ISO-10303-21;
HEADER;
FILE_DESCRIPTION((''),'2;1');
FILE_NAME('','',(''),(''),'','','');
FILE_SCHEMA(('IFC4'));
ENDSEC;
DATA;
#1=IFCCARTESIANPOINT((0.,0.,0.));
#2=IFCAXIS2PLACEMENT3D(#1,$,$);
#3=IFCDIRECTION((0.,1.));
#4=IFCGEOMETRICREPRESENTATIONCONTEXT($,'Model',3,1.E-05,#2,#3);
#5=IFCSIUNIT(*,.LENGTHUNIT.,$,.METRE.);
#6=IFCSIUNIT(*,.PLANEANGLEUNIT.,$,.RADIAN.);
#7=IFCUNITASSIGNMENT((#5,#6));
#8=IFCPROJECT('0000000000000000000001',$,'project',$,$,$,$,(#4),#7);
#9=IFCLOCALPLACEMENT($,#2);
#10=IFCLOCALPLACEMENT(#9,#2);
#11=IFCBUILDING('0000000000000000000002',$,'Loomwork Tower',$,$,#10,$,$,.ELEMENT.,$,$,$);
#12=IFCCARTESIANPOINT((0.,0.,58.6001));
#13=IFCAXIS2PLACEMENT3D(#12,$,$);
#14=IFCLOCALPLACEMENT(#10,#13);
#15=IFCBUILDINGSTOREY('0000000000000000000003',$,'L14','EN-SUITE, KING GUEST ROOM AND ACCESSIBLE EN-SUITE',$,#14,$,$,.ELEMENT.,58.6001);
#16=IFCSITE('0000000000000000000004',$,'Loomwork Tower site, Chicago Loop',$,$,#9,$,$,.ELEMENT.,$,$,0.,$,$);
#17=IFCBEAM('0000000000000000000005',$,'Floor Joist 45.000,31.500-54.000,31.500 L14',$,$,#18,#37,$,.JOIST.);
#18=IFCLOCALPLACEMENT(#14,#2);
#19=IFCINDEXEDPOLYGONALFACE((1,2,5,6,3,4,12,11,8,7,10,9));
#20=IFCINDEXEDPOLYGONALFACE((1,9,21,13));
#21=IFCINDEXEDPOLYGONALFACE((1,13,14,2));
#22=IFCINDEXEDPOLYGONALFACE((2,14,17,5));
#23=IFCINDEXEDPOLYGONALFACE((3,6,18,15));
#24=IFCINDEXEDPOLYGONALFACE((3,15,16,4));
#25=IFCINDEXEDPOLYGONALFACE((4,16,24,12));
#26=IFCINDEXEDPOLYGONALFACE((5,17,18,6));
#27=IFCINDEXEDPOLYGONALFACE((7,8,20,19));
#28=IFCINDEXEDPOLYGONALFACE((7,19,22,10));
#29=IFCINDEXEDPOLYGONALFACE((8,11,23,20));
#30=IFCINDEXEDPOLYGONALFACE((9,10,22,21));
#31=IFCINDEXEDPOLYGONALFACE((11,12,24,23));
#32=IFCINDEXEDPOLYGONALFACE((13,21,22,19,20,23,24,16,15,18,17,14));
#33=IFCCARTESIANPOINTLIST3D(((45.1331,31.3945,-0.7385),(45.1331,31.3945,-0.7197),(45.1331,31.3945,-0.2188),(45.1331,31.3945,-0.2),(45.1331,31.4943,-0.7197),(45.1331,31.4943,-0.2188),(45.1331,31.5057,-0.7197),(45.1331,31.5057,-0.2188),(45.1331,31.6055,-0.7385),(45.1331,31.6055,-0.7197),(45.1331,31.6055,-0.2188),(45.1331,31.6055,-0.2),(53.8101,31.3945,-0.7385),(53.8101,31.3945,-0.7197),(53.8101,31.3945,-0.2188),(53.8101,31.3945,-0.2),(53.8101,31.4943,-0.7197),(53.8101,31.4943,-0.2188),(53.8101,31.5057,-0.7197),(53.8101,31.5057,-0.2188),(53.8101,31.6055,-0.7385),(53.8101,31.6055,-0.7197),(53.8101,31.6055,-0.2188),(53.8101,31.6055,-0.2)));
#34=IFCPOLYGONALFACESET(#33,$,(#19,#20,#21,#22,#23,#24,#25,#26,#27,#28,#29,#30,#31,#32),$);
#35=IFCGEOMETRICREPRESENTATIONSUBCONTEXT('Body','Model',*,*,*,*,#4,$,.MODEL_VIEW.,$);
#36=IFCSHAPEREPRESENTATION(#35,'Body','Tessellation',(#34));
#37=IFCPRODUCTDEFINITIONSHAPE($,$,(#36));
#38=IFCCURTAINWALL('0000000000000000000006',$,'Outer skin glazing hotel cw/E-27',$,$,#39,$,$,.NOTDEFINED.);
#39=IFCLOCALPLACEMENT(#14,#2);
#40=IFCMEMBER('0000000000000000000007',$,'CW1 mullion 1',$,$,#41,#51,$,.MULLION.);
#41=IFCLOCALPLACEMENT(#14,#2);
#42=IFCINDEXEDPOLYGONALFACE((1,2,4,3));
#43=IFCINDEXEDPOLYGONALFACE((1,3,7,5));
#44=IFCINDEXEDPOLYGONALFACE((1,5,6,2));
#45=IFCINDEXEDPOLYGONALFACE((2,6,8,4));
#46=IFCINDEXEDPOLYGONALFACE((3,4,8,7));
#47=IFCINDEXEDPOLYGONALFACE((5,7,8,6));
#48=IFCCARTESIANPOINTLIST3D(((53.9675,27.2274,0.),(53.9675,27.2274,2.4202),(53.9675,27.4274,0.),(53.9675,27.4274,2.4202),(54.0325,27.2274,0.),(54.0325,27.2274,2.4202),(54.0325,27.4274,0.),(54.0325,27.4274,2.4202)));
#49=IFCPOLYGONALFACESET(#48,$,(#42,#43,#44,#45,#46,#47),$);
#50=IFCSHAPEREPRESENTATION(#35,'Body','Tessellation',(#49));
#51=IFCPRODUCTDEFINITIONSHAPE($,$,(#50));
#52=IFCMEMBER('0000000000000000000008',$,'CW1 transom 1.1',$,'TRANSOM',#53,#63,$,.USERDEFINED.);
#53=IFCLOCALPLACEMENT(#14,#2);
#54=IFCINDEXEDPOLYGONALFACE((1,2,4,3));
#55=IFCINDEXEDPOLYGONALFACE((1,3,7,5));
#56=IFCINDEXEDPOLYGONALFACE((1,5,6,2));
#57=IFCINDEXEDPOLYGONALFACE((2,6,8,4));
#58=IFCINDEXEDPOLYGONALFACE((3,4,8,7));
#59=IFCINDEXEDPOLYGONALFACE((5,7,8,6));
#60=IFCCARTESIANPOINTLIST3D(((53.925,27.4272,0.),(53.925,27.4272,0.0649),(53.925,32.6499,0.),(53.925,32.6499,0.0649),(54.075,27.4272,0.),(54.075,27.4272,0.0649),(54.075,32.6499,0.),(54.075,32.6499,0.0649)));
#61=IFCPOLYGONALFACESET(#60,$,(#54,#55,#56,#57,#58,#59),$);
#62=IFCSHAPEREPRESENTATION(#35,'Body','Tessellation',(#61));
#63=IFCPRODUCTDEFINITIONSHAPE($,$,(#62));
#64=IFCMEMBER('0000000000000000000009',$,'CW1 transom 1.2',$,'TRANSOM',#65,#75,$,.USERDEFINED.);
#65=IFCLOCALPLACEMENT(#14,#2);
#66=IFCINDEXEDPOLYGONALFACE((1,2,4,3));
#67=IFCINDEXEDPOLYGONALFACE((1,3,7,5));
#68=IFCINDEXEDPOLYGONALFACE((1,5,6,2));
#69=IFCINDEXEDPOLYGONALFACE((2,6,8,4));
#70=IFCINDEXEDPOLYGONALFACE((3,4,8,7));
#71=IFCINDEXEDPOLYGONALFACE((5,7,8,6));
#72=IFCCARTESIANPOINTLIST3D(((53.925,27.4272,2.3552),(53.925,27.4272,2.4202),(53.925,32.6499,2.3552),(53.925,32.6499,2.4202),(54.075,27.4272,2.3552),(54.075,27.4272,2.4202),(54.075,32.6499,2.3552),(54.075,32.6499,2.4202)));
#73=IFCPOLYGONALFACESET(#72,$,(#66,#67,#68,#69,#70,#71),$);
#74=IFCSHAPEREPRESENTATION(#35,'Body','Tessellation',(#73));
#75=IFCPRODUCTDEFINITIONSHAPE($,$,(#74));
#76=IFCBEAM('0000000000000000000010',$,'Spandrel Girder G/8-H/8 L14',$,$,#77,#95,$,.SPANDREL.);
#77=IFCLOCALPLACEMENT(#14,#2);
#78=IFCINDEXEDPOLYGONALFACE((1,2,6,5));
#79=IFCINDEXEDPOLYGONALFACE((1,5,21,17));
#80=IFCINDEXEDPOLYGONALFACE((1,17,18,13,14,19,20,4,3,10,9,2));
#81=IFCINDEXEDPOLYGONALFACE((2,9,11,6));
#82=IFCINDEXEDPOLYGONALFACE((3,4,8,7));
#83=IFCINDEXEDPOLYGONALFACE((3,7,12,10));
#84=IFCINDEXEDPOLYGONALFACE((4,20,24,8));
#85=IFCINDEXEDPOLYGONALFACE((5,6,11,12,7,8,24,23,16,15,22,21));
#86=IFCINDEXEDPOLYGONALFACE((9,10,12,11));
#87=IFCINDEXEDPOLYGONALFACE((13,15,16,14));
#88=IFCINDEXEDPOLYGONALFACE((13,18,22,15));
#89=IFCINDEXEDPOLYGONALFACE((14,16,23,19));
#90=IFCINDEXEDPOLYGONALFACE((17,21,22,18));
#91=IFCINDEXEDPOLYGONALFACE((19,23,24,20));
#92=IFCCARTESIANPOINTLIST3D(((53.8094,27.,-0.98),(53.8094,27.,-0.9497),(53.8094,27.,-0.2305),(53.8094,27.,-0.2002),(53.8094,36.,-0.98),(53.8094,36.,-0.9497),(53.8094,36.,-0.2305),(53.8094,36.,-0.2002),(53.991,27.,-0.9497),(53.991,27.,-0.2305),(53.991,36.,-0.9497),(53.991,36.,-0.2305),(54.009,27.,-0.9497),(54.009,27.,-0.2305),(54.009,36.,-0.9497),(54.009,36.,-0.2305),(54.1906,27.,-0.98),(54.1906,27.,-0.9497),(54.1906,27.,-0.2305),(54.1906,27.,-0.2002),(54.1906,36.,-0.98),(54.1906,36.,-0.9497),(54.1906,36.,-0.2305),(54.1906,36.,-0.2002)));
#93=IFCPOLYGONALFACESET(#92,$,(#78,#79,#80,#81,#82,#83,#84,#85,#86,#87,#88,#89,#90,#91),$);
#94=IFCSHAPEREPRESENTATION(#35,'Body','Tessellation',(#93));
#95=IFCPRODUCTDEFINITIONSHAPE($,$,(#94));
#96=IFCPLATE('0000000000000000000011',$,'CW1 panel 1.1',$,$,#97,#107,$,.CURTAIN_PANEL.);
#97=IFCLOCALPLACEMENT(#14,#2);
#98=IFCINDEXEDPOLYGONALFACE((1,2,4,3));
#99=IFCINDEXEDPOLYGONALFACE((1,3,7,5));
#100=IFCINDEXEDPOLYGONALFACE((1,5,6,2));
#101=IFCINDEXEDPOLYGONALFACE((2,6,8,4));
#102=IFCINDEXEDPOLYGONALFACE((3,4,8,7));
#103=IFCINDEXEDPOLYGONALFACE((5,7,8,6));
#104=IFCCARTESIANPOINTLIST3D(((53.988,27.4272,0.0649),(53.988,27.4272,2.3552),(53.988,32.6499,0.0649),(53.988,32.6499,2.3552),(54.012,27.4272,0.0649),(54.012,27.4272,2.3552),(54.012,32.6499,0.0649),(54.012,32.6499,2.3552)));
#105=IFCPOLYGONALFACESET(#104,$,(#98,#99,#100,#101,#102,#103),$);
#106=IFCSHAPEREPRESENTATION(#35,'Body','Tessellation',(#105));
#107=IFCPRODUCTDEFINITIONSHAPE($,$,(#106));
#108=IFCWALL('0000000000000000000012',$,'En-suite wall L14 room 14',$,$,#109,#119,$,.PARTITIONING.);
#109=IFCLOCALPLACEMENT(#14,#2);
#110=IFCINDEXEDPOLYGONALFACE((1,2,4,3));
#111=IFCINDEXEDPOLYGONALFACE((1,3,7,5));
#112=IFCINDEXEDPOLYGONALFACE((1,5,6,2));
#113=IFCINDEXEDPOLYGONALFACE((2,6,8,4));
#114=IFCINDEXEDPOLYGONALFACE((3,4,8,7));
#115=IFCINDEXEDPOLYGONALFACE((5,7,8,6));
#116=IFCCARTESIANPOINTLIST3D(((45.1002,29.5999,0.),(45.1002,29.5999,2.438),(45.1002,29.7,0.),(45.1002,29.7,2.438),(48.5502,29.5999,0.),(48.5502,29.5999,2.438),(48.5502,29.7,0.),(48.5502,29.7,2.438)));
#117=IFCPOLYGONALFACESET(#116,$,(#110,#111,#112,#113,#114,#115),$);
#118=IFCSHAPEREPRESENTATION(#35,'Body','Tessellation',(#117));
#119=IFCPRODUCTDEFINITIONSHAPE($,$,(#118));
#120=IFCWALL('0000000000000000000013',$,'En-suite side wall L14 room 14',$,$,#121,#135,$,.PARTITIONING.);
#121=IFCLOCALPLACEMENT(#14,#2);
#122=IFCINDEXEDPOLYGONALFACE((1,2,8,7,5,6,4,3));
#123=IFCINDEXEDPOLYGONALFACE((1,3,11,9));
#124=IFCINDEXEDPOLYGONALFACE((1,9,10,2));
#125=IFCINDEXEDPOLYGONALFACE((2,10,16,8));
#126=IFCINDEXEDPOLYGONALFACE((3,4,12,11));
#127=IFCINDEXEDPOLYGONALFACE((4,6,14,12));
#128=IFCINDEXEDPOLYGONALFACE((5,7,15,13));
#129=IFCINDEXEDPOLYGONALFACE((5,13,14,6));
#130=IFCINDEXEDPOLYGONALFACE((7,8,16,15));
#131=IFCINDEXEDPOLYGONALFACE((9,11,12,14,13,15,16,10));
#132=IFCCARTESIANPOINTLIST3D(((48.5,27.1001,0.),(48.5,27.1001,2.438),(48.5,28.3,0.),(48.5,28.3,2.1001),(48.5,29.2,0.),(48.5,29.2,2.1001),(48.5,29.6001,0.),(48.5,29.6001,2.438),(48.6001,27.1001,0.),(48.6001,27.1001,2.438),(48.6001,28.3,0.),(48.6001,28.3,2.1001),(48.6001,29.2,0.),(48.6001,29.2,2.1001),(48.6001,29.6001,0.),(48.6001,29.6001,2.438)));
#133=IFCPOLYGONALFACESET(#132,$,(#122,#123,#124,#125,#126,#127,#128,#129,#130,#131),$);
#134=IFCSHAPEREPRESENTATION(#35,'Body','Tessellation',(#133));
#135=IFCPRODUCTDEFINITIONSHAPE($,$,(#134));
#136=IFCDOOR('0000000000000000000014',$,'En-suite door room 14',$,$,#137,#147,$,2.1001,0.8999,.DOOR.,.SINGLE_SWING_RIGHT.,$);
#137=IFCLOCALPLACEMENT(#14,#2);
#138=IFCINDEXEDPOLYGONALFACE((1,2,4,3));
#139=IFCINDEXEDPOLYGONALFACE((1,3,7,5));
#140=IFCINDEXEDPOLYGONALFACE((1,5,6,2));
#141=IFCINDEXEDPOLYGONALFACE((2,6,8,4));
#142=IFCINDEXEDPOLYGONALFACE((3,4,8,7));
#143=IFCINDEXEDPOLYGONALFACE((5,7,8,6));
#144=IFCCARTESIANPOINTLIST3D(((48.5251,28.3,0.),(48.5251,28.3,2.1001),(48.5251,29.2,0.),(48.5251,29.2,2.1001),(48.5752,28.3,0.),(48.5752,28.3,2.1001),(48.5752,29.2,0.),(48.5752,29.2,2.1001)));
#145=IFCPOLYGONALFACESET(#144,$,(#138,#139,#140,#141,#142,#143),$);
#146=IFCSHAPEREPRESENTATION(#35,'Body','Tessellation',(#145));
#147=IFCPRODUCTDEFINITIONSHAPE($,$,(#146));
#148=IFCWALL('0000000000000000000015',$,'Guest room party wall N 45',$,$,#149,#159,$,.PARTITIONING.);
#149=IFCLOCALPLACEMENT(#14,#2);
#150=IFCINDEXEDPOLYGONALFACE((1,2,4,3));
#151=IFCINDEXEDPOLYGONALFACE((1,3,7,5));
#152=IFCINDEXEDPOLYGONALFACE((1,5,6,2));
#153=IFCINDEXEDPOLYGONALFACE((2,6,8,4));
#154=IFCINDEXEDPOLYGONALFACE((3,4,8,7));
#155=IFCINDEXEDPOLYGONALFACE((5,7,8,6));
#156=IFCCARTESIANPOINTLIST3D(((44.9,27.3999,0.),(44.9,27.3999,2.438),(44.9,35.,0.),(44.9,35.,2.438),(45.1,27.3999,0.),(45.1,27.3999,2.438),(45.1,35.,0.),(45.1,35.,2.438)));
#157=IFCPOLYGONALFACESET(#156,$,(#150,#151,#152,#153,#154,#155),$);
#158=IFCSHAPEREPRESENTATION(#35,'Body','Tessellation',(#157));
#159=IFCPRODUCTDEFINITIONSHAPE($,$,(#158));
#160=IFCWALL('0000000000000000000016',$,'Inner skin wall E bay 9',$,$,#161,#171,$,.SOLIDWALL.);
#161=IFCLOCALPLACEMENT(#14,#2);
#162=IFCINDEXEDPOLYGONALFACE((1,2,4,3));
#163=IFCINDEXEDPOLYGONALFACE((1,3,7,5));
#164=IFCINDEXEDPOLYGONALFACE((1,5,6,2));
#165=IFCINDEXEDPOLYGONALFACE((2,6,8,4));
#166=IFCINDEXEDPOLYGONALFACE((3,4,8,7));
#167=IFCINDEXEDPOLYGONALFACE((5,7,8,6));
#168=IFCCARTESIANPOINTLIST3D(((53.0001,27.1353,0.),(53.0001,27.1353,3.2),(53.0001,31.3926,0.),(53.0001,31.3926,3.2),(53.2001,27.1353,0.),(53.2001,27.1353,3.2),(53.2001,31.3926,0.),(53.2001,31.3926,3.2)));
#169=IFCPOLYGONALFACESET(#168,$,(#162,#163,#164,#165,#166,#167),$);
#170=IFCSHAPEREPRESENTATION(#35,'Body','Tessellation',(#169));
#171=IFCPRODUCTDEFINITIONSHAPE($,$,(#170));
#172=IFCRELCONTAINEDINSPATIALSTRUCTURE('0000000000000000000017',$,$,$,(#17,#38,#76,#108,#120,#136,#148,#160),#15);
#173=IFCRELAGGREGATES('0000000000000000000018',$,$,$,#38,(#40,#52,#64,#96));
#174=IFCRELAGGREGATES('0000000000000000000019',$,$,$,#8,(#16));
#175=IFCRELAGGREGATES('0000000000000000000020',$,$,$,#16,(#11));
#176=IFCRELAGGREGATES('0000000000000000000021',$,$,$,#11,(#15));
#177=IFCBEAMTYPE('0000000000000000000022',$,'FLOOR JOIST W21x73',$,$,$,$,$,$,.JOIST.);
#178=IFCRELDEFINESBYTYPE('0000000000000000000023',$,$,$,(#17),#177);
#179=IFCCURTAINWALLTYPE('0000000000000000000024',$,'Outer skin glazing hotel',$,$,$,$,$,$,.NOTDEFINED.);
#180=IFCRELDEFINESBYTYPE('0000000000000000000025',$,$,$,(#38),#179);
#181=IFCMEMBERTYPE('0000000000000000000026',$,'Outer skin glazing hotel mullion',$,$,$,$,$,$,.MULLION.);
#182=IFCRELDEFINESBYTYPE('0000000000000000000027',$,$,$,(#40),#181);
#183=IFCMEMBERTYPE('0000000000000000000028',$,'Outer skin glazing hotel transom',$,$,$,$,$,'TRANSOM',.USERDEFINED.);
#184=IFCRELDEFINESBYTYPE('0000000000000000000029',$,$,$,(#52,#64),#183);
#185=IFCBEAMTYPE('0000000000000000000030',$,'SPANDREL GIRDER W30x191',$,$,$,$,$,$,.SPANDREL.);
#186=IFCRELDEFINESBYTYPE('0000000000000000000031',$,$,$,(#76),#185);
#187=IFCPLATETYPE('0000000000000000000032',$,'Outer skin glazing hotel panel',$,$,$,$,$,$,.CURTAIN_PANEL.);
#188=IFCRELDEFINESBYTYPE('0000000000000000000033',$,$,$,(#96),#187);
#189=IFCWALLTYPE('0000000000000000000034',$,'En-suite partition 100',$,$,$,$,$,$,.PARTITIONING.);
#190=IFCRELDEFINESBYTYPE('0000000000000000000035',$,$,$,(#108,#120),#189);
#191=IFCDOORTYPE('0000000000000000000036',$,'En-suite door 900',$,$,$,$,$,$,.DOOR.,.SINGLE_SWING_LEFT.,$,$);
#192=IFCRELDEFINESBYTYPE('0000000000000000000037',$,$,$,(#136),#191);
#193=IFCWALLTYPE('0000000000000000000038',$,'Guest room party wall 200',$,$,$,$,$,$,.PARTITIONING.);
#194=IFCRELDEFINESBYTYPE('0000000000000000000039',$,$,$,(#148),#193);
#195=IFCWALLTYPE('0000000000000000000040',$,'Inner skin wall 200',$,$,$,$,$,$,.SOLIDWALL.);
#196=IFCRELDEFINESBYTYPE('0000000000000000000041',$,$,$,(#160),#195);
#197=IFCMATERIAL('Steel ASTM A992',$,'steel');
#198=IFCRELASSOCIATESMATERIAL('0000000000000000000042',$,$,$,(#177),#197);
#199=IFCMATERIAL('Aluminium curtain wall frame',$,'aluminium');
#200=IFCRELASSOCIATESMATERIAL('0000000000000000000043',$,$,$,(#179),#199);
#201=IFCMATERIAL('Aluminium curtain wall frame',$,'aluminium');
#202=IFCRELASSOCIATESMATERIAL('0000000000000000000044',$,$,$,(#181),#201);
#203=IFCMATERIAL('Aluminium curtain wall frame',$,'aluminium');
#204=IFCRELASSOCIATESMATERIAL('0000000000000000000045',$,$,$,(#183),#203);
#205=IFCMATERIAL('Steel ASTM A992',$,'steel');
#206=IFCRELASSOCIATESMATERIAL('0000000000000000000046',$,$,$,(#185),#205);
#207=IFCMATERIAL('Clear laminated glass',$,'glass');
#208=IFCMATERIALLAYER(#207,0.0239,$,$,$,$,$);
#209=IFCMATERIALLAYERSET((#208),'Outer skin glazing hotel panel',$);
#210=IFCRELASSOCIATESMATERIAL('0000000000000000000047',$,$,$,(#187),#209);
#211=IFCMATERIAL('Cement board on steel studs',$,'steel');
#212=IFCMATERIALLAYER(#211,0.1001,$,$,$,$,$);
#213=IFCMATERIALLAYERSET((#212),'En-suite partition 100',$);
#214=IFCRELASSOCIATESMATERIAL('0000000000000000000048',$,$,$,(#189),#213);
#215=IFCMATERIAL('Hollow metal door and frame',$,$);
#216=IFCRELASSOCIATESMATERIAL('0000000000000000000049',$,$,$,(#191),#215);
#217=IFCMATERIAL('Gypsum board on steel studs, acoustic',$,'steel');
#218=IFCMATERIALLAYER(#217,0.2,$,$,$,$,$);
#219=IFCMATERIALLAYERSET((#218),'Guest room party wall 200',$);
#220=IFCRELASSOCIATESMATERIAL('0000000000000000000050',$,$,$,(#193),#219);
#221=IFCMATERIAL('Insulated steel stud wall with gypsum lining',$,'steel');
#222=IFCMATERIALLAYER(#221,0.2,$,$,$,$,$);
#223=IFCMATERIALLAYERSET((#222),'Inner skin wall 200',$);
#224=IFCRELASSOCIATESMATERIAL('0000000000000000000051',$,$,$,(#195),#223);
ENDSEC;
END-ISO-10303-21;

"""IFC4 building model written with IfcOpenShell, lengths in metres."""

from ifc_helpers import new_model, si_unit, direction, frame, frame_2d, origin, origin_2d, place, context, subcontext, project, spatial, rectangle, i_section, extrude, material, layer, layer_set, material_profile, profile_set, type_object, element, fill, aggregate, save


model = new_model("IFC4")

# Units and contexts
model_context = context("Model", 3, precision=1e-05, world=origin(), true_north=direction((0.0, 1.0)))
body_context = subcontext(model_context, "Body", "Model", "MODEL_VIEW")
ifc_project = project(units=[si_unit("LENGTHUNIT", "METRE"), si_unit("PLANEANGLEUNIT", "RADIAN")], contexts=[model_context])

# Site, building, storey
site_placement = place(None, origin())
site = spatial("IfcSite", under=ifc_project, at=site_placement, Name="Loomwork Tower site, Chicago Loop", CompositionType="ELEMENT", RefElevation=0.0)
building_placement = place(site_placement, origin())
building = spatial("IfcBuilding", under=site, at=building_placement, Name="Loomwork Tower", CompositionType="ELEMENT")
storey_placement = place(building_placement, frame((0.0, 0.0, 58.6001)))
storey = spatial("IfcBuildingStorey", under=building, at=storey_placement, Name="L14", Description="EN-SUITE, KING GUEST ROOM AND ACCESSIBLE EN-SUITE", CompositionType="ELEMENT", Elevation=58.6001)

# Beam
ifc_material_1 = material(Name="Steel ASTM A992", Category="steel")
ifc_material_profile_1 = material_profile(ifc_material_1, i_section(OverallWidth=0.2109, OverallDepth=0.5386, WebThickness=0.0115, FlangeThickness=0.0188, at=origin_2d()), Name="W21x73")
ifc_profile_set_1 = profile_set([ifc_material_profile_1], Name="Steel ASTM A992")
beam_type_1 = type_object("IfcBeamType", Name="FLOOR JOIST W21x73", PredefinedType="JOIST", material=ifc_profile_set_1)
beam_1_placement = place(storey_placement, frame((45.1331, 31.5, -0.4692), z_axis=(1.0, 0.0, 0.0), x_axis=(0.0, 1.0, 0.0)))
element("IfcBeam", 1, at=beam_1_placement, inside=storey, type_object=beam_type_1, Name="Floor Joist 45.000,31.500-54.000,31.500 L14", PredefinedType="JOIST", context=body_context, shape_type="SweptSolid", body=[
    extrude(i_section(OverallWidth=0.2109, OverallDepth=0.5386, WebThickness=0.0115, FlangeThickness=0.0188, at=origin_2d()), origin(), (0.0, 0.0, 1.0), 8.677),
])

# Curtain wall, members
ifc_material_2 = material(Name="Aluminium curtain wall frame", Category="aluminium")
curtain_wall_type = type_object("IfcCurtainWallType", Name="Outer skin glazing hotel", PredefinedType="NOTDEFINED", material=ifc_material_2)
curtain_wall_placement = place(storey_placement, origin())
curtain_wall = element("IfcCurtainWall", 2, at=curtain_wall_placement, inside=storey, type_object=curtain_wall_type, Name="Outer skin glazing hotel cw/E-27", PredefinedType="NOTDEFINED")
ifc_material_3 = material(Name="Aluminium curtain wall frame", Category="aluminium")
ifc_material_profile_2 = material_profile(ifc_material_3, rectangle(XDim=0.0649, YDim=0.2, at=origin_2d()), Name="AL 65x200")
ifc_profile_set_2 = profile_set([ifc_material_profile_2], Name="Aluminium curtain wall frame")
member_type_1 = type_object("IfcMemberType", Name="Outer skin glazing hotel mullion", PredefinedType="MULLION", material=ifc_profile_set_2)
member_1_placement = place(storey_placement, frame((54.0, 27.3274, 0.0), z_axis=(0.0, 0.0, 1.0), x_axis=(-1.0, 0.0, 0.0)))
member_1 = element("IfcMember", 3, at=member_1_placement, type_object=member_type_1, Name="CW1 mullion 1", PredefinedType="MULLION", context=body_context, shape_type="SweptSolid", body=[
    extrude(rectangle(XDim=0.0649, YDim=0.2, at=origin_2d()), origin(), (0.0, 0.0, 1.0), 2.4202),
])
ifc_material_4 = material(Name="Aluminium curtain wall frame", Category="aluminium")
ifc_material_profile_3 = material_profile(ifc_material_4, rectangle(XDim=0.1499, YDim=0.0649, at=origin_2d()), Name="AL 65x150")
ifc_profile_set_3 = profile_set([ifc_material_profile_3], Name="Aluminium curtain wall frame")
member_type_2 = type_object("IfcMemberType", Name="Outer skin glazing hotel transom", ElementType="TRANSOM", PredefinedType="USERDEFINED", material=ifc_profile_set_3)
member_2_placement = place(storey_placement, frame((54.0, 27.4272, 0.0325), z_axis=(0.0, 1.0, 0.0), x_axis=(-1.0, 0.0, 0.0)))
member_2 = element("IfcMember", 4, at=member_2_placement, type_object=member_type_2, Name="CW1 transom 1.1", ObjectType="TRANSOM", PredefinedType="USERDEFINED", context=body_context, shape_type="SweptSolid", body=[
    extrude(rectangle(XDim=0.1499, YDim=0.0649, at=origin_2d()), origin(), (0.0, 0.0, 1.0), 5.2227),
])
member_3_placement = place(storey_placement, frame((54.0, 27.4272, 2.3877), z_axis=(0.0, 1.0, 0.0), x_axis=(-1.0, 0.0, 0.0)))
member_3 = element("IfcMember", 5, at=member_3_placement, type_object=member_type_2, Name="CW1 transom 1.2", ObjectType="TRANSOM", PredefinedType="USERDEFINED", context=body_context, shape_type="SweptSolid", body=[
    extrude(rectangle(XDim=0.1499, YDim=0.0649, at=origin_2d()), origin(), (0.0, 0.0, 1.0), 5.2227),
])

# Beam
ifc_material_5 = material(Name="Steel ASTM A992", Category="steel")
ifc_material_profile_4 = material_profile(ifc_material_5, i_section(OverallWidth=0.3811, OverallDepth=0.7798, WebThickness=0.0181, FlangeThickness=0.0303, at=origin_2d()), Name="W30x191")
ifc_profile_set_4 = profile_set([ifc_material_profile_4], Name="Steel ASTM A992")
beam_type_2 = type_object("IfcBeamType", Name="SPANDREL GIRDER W30x191", PredefinedType="SPANDREL", material=ifc_profile_set_4)
beam_2_placement = place(storey_placement, frame((54.0, 27.0, -0.5901), z_axis=(0.0, 1.0, 0.0), x_axis=(-1.0, 0.0, 0.0)))
element("IfcBeam", 6, at=beam_2_placement, inside=storey, type_object=beam_type_2, Name="Spandrel Girder G/8-H/8 L14", PredefinedType="SPANDREL", context=body_context, shape_type="SweptSolid", body=[
    extrude(i_section(OverallWidth=0.3811, OverallDepth=0.7798, WebThickness=0.0181, FlangeThickness=0.0303, at=origin_2d()), origin(), (0.0, 0.0, 1.0), 9.0),
])

# Plate
ifc_material_6 = material(Name="Clear laminated glass", Category="glass")
ifc_layer_1 = layer(ifc_material_6, 0.0239)
ifc_layer_set_1 = layer_set([ifc_layer_1], Name="Outer skin glazing hotel panel")
plate_type = type_object("IfcPlateType", Name="Outer skin glazing hotel panel", PredefinedType="CURTAIN_PANEL", material=ifc_layer_set_1)
plate_placement = place(storey_placement, frame((54.0, 30.0386, 0.0649), z_axis=(0.0, 0.0, 1.0), x_axis=(0.0, 1.0, 0.0)))
plate = element("IfcPlate", 7, at=plate_placement, type_object=plate_type, Name="CW1 panel 1.1", PredefinedType="CURTAIN_PANEL", context=body_context, shape_type="SweptSolid", body=[
    extrude(rectangle(XDim=5.2227, YDim=0.0239, at=origin_2d()), origin(), (0.0, 0.0, 1.0), 2.2903),
])
aggregate(curtain_wall, [member_1, member_2, member_3, plate])

# Wall
ifc_material_7 = material(Name="Cement board on steel studs", Category="steel")
ifc_layer_2 = layer(ifc_material_7, 0.1001)
ifc_layer_set_2 = layer_set([ifc_layer_2], Name="En-suite partition 100")
wall_type_1 = type_object("IfcWallType", Name="En-suite partition 100", PredefinedType="PARTITIONING", material=ifc_layer_set_2)
wall_1_placement = place(storey_placement, frame((45.1001, 29.6499, 0.0), z_axis=(0.0, 0.0, 1.0), x_axis=(1.0, 0.0, 0.0)))
element("IfcWall", 8, at=wall_1_placement, inside=storey, type_object=wall_type_1, Name="En-suite wall L14 room 14", PredefinedType="PARTITIONING", context=body_context, shape_type="SweptSolid", body=[
    extrude(rectangle(XDim=3.45, YDim=0.1001, at=frame_2d((1.7251, 0.0))), origin(), (0.0, 0.0, 1.0), 2.438),
])

# Wall, opening, door
wall_2_placement = place(storey_placement, frame((48.55, 27.1001, 0.0), z_axis=(0.0, 0.0, 1.0), x_axis=(0.0, 1.0, 0.0)))
wall_2 = element("IfcWall", 9, at=wall_2_placement, inside=storey, type_object=wall_type_1, Name="En-suite side wall L14 room 14", PredefinedType="PARTITIONING", context=body_context, shape_type="SweptSolid", body=[
    extrude(rectangle(XDim=2.5, YDim=0.1001, at=frame_2d((1.25, 0.0))), origin(), (0.0, 0.0, 1.0), 2.438),
])
opening_placement = place(wall_2_placement, frame((1.2, 0.0, 0.0)))
opening = element("IfcOpeningElement", 10, at=opening_placement, cuts=wall_2, PredefinedType="OPENING", context=body_context, shape_type="SweptSolid", body=[
    extrude(rectangle(XDim=0.8999, YDim=2.1001, at=frame_2d((0.45, 1.05))), frame((0.0, 0.0601, 0.0), z_axis=(0.0, -1.0, 0.0), x_axis=(1.0, 0.0, 0.0)), (0.0, 0.0, 1.0), 0.1201),
])
ifc_material_8 = material(Name="Hollow metal door and frame")
door_type = type_object("IfcDoorType", Name="En-suite door 900", OperationType="SINGLE_SWING_LEFT", PredefinedType="DOOR", material=ifc_material_8)
door_placement = place(opening_placement, origin())
door = element("IfcDoor", 11, at=door_placement, inside=storey, type_object=door_type, Name="En-suite door room 14", OperationType="SINGLE_SWING_RIGHT", OverallHeight=2.1001, OverallWidth=0.8999, PredefinedType="DOOR", context=body_context, shape_type="SweptSolid", body=[
    extrude(rectangle(XDim=0.8999, YDim=2.1001, at=frame_2d((0.45, 1.05))), frame((0.0, 0.0249, 0.0), z_axis=(0.0, -1.0, 0.0), x_axis=(1.0, 0.0, 0.0)), (0.0, 0.0, 1.0), 0.05),
])
fill(opening, door)

# Walls
ifc_material_9 = material(Name="Gypsum board on steel studs, acoustic", Category="steel")
ifc_layer_3 = layer(ifc_material_9, 0.2)
ifc_layer_set_3 = layer_set([ifc_layer_3], Name="Guest room party wall 200")
wall_type_2 = type_object("IfcWallType", Name="Guest room party wall 200", PredefinedType="PARTITIONING", material=ifc_layer_set_3)
wall_3_placement = place(storey_placement, frame((45.0, 27.3999, 0.0), z_axis=(0.0, 0.0, 1.0), x_axis=(0.0, 1.0, 0.0)))
element("IfcWall", 12, at=wall_3_placement, inside=storey, type_object=wall_type_2, Name="Guest room party wall N 45", PredefinedType="PARTITIONING", context=body_context, shape_type="SweptSolid", body=[
    extrude(rectangle(XDim=7.6001, YDim=0.2, at=frame_2d((3.8, 0.0))), origin(), (0.0, 0.0, 1.0), 2.438),
])
ifc_material_10 = material(Name="Insulated steel stud wall with gypsum lining", Category="steel")
ifc_layer_4 = layer(ifc_material_10, 0.2)
ifc_layer_set_4 = layer_set([ifc_layer_4], Name="Inner skin wall 200")
wall_type_3 = type_object("IfcWallType", Name="Inner skin wall 200", PredefinedType="SOLIDWALL", material=ifc_layer_set_4)
wall_4_placement = place(storey_placement, frame((53.1001, 27.1353, 0.0), z_axis=(0.0, 0.0, 1.0), x_axis=(0.0, 1.0, 0.0)))
element("IfcWall", 13, at=wall_4_placement, inside=storey, type_object=wall_type_3, Name="Inner skin wall E bay 9", PredefinedType="SOLIDWALL", context=body_context, shape_type="SweptSolid", body=[
    extrude(rectangle(XDim=4.2573, YDim=0.2, at=frame_2d((2.1287, 0.0))), origin(), (0.0, 0.0, 1.0), 3.2),
])

save(model, "model.ifc")
